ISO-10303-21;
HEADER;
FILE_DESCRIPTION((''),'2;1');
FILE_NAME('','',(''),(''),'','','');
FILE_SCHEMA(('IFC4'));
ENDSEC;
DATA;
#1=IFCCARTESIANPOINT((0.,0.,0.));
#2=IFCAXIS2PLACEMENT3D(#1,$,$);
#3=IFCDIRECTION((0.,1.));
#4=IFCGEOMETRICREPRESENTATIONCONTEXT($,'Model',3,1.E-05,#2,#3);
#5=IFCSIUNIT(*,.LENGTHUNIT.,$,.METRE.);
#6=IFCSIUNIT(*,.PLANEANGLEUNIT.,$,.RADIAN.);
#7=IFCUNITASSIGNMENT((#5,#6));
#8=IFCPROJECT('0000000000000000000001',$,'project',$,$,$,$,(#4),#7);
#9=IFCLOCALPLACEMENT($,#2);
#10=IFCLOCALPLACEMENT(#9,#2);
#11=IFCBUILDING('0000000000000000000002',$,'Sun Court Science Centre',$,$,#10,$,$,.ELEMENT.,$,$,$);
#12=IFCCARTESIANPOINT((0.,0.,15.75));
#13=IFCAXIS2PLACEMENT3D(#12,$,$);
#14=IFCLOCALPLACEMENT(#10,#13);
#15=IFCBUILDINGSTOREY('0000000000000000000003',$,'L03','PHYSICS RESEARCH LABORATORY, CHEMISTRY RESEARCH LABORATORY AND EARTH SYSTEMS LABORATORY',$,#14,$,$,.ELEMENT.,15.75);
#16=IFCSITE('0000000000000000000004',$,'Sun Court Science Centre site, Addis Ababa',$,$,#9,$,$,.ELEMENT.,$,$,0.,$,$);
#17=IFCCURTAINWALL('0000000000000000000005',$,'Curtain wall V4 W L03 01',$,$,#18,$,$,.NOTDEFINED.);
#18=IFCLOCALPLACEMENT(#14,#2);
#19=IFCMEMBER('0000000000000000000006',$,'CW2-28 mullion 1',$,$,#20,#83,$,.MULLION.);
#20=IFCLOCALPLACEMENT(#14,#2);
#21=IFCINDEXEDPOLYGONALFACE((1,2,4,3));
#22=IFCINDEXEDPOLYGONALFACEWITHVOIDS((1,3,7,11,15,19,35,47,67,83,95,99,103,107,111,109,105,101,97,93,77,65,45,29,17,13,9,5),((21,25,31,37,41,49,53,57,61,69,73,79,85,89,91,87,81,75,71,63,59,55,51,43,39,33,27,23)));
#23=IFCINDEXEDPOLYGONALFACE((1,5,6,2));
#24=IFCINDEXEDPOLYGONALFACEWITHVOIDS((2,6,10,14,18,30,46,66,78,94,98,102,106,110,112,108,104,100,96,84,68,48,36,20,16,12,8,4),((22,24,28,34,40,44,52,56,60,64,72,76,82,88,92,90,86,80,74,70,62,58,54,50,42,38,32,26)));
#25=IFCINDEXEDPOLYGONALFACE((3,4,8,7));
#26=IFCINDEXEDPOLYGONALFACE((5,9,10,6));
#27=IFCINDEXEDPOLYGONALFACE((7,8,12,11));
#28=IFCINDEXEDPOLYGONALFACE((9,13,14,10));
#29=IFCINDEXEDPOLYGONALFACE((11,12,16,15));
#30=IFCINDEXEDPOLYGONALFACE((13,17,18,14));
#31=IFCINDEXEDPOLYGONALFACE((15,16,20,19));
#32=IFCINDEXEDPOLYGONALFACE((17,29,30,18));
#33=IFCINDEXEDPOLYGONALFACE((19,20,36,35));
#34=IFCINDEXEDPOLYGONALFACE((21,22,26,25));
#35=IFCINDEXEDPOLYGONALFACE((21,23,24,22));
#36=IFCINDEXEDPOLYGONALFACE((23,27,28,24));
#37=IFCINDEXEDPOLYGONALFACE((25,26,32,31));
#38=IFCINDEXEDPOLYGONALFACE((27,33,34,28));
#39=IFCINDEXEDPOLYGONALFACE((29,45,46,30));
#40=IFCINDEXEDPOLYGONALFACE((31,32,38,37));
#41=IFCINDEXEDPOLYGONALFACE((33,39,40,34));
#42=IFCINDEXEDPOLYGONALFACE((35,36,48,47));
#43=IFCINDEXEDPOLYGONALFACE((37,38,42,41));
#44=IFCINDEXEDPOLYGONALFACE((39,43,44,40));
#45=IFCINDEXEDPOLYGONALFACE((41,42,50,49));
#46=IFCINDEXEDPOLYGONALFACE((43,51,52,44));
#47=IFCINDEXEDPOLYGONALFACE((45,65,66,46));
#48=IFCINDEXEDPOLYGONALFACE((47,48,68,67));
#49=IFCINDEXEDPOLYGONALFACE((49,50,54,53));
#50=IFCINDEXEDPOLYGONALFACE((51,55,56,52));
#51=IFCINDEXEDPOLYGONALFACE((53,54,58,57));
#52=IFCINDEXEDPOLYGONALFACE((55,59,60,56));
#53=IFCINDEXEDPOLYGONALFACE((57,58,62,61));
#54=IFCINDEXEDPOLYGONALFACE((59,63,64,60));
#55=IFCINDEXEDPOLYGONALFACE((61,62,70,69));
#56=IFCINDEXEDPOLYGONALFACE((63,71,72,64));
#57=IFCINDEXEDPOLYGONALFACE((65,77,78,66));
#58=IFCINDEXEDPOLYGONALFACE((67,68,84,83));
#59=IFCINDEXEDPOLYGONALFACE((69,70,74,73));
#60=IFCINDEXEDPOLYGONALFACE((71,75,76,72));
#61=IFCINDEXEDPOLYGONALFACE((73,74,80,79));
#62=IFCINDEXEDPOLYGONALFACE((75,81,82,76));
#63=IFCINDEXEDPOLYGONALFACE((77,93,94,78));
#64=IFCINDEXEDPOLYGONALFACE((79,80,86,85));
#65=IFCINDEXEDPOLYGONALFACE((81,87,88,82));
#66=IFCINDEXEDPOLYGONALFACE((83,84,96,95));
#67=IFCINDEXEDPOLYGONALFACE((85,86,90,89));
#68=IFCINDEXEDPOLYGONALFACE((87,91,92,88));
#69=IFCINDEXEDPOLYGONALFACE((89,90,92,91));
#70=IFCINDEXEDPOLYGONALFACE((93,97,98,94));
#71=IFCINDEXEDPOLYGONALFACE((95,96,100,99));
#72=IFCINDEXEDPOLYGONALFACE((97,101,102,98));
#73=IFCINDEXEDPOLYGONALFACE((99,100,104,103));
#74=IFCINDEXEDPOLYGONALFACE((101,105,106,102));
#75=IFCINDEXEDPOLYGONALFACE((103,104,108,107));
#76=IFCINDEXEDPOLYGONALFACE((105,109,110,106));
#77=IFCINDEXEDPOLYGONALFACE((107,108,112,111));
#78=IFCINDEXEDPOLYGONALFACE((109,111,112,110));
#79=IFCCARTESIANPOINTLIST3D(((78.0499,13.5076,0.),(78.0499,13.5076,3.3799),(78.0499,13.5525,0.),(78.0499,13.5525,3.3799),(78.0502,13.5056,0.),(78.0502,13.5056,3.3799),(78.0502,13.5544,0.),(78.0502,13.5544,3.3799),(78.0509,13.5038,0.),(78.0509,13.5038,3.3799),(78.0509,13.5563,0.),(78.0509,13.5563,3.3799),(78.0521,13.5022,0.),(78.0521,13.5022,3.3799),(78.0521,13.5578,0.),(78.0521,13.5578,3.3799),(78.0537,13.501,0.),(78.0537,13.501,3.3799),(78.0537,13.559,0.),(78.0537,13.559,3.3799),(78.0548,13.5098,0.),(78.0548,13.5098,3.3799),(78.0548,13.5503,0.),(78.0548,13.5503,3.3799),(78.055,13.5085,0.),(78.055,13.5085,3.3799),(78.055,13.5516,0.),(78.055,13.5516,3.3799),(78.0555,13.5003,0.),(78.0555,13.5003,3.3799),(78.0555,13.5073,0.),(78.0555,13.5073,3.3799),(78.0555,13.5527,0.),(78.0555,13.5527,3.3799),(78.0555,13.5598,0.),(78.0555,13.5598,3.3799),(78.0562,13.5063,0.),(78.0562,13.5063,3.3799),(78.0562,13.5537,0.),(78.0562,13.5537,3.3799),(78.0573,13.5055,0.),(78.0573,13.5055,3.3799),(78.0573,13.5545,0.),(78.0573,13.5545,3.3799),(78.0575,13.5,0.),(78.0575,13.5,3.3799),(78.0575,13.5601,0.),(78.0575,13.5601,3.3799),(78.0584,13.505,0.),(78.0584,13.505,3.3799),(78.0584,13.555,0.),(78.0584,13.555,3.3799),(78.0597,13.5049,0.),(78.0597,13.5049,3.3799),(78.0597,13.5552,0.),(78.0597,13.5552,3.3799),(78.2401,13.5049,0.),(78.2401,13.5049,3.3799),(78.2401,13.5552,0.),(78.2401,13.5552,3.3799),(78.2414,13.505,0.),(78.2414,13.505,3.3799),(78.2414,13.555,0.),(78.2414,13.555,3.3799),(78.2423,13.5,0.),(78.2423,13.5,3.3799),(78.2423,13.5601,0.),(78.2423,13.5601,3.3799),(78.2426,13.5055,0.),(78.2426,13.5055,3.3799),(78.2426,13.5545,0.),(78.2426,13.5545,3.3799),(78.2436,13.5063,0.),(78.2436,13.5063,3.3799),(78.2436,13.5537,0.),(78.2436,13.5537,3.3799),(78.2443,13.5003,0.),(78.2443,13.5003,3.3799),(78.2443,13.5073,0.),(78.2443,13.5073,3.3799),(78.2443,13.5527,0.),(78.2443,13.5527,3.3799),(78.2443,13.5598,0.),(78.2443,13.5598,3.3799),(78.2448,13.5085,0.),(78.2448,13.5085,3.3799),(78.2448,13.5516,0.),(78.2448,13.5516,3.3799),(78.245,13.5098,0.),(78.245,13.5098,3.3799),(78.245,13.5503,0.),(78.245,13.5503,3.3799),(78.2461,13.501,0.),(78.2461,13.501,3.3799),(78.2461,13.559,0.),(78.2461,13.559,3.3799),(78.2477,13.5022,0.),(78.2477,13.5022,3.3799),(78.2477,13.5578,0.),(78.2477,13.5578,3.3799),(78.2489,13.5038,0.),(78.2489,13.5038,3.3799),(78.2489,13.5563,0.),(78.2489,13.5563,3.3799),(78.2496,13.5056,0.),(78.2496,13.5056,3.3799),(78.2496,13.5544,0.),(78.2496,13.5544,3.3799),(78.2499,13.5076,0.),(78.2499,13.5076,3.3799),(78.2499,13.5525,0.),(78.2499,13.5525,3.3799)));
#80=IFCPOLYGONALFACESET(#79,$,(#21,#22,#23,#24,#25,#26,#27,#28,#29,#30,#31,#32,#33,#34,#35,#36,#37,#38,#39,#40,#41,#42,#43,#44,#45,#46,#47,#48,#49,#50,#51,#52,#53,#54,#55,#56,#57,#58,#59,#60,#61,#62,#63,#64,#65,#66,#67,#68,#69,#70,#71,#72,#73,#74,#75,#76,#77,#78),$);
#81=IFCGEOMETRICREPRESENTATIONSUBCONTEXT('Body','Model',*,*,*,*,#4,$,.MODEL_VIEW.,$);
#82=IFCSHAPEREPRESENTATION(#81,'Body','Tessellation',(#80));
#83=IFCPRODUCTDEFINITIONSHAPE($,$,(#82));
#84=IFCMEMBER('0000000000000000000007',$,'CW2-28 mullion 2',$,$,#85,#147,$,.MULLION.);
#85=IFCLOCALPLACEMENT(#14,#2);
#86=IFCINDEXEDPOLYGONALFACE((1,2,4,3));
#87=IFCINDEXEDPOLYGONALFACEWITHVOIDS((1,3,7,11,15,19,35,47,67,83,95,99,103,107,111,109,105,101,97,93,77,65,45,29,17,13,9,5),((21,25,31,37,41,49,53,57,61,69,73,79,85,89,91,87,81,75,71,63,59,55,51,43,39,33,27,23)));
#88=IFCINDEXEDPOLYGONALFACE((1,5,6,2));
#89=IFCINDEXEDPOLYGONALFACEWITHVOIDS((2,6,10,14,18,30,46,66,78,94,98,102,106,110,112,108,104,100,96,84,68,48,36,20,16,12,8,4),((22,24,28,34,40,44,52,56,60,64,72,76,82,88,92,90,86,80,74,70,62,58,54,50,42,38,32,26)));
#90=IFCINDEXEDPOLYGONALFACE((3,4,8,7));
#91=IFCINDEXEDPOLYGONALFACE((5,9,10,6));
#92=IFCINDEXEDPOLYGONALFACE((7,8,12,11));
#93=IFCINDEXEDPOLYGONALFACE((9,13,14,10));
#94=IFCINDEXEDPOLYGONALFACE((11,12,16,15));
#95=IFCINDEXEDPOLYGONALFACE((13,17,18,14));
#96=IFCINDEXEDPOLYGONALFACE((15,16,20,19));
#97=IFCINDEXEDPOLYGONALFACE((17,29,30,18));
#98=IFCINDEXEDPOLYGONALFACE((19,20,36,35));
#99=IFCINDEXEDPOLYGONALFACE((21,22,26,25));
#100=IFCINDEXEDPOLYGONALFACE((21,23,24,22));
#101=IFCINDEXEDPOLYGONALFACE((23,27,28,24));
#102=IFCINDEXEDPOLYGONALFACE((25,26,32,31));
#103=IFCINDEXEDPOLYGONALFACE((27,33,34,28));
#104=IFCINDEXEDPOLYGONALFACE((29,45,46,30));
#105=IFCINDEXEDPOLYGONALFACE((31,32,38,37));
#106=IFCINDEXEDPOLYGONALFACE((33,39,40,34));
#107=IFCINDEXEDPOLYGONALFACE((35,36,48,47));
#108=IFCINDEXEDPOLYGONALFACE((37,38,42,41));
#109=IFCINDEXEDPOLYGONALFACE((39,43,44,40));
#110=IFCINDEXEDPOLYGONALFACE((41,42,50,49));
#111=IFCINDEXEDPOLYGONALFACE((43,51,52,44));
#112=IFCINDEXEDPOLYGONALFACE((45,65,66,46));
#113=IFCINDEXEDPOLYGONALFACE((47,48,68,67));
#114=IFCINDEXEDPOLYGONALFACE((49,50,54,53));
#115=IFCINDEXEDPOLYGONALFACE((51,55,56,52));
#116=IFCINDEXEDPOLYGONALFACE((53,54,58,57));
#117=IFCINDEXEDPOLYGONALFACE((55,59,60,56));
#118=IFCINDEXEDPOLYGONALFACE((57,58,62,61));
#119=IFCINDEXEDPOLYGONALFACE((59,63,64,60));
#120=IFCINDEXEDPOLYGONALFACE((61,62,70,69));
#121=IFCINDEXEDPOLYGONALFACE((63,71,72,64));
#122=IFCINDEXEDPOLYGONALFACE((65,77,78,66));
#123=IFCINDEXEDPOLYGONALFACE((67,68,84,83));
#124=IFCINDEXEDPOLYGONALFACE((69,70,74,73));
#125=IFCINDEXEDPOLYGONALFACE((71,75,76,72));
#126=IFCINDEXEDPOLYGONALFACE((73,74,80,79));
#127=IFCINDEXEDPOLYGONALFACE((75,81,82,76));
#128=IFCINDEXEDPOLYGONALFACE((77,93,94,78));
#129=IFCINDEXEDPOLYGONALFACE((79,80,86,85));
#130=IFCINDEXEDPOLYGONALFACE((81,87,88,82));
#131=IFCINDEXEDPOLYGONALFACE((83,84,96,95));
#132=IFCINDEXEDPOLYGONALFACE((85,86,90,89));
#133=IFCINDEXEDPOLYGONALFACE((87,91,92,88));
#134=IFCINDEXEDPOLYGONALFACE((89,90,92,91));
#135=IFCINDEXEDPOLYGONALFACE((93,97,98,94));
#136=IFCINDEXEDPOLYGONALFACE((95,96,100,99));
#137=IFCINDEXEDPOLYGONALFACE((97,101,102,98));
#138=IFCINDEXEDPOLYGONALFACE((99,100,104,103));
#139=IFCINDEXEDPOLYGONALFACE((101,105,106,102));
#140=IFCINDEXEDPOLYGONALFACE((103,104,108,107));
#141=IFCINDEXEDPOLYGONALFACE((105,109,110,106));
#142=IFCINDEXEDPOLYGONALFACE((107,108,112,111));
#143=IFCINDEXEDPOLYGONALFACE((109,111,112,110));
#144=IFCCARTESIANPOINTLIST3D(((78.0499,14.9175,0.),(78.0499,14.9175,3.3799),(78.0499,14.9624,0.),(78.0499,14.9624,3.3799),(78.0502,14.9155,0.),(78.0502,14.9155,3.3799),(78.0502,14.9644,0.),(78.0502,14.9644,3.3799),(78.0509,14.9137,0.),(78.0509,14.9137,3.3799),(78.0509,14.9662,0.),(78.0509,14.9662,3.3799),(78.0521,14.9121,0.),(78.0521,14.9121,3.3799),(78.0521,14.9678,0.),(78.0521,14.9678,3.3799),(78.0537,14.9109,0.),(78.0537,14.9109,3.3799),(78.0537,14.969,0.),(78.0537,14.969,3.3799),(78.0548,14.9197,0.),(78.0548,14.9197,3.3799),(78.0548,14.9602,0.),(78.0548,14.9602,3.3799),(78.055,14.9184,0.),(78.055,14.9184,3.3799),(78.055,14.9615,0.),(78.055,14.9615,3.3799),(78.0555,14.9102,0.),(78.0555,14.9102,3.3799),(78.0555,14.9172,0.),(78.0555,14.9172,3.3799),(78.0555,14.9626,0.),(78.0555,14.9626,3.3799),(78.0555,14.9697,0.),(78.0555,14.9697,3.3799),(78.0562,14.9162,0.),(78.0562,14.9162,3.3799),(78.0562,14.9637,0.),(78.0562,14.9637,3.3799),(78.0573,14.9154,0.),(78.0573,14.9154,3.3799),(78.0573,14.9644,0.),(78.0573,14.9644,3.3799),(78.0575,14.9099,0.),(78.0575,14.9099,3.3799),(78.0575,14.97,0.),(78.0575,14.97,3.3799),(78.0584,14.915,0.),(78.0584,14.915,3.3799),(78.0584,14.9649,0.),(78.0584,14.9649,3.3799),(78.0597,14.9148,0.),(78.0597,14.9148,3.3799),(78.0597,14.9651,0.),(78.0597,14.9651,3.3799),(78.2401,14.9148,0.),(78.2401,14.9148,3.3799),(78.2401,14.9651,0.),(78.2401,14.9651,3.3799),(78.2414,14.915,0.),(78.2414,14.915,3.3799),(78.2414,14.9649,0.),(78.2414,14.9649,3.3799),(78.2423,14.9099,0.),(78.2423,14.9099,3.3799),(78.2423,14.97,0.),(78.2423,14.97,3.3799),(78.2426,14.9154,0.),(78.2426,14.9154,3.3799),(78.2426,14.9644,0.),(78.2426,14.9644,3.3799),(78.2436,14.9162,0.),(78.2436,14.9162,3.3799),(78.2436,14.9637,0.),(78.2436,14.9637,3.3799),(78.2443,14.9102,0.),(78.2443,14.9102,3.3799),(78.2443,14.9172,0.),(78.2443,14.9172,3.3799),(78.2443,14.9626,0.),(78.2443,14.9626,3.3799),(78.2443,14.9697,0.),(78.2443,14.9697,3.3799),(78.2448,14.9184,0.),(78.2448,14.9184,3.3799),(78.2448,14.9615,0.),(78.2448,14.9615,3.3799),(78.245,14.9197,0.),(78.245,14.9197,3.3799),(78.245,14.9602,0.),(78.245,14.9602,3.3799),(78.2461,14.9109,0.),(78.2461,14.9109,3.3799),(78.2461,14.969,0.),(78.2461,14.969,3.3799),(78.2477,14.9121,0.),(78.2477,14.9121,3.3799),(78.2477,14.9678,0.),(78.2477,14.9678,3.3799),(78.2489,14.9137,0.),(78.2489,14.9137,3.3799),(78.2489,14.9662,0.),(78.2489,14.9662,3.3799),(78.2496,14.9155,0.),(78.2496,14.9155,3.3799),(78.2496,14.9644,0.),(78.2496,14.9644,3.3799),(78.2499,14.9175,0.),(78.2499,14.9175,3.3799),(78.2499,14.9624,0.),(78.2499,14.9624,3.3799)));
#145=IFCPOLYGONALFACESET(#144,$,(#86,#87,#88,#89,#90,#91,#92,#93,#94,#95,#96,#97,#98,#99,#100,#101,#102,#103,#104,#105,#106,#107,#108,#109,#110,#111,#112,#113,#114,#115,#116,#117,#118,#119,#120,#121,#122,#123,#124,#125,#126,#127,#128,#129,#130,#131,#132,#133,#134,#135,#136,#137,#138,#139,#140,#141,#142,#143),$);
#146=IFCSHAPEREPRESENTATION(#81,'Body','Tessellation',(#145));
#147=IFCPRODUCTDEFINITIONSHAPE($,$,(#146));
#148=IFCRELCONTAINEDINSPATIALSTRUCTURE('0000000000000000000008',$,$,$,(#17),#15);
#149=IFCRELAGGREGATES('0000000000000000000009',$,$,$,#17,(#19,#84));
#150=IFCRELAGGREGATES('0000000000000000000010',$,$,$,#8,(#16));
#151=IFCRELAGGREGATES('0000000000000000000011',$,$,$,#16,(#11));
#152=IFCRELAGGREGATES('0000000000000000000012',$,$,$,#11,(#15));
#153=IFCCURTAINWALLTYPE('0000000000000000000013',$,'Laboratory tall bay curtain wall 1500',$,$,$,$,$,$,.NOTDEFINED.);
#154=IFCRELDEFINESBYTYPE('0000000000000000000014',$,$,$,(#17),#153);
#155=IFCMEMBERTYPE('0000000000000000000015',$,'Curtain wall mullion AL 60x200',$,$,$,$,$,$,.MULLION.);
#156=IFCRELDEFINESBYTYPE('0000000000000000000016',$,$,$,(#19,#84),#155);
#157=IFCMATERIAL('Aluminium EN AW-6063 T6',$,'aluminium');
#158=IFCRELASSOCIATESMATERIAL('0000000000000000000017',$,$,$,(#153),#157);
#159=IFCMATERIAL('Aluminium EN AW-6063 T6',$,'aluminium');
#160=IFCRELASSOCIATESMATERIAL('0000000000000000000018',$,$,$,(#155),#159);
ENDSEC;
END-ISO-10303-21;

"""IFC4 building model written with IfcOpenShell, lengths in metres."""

from ifc_helpers import new_model, si_unit, direction, frame, origin, origin_2d, place, context, subcontext, project, spatial, hollow_rectangle, extrude, material, material_profile, profile_set, type_object, element, aggregate, save


model = new_model("IFC4")

# Units and contexts
model_context = context("Model", 3, precision=1e-05, world=origin(), true_north=direction((0.0, 1.0)))
body_context = subcontext(model_context, "Body", "Model", "MODEL_VIEW")
ifc_project = project(units=[si_unit("LENGTHUNIT", "METRE"), si_unit("PLANEANGLEUNIT", "RADIAN")], contexts=[model_context])

# Site, building, storey
site_placement = place(None, origin())
site = spatial("IfcSite", under=ifc_project, at=site_placement, Name="Sun Court Science Centre site, Addis Ababa", CompositionType="ELEMENT", RefElevation=0.0)
building_placement = place(site_placement, origin())
building = spatial("IfcBuilding", under=site, at=building_placement, Name="Sun Court Science Centre", CompositionType="ELEMENT")
storey_placement = place(building_placement, frame((0.0, 0.0, 15.75)))
storey = spatial("IfcBuildingStorey", under=building, at=storey_placement, Name="L03", Description="PHYSICS RESEARCH LABORATORY, CHEMISTRY RESEARCH LABORATORY AND EARTH SYSTEMS LABORATORY", CompositionType="ELEMENT", Elevation=15.75)

# Curtain wall, members
ifc_material_1 = material(Name="Aluminium EN AW-6063 T6", Category="aluminium")
curtain_wall_type = type_object("IfcCurtainWallType", Name="Laboratory tall bay curtain wall 1500", PredefinedType="NOTDEFINED", material=ifc_material_1)
curtain_wall_placement = place(storey_placement, origin())
curtain_wall = element("IfcCurtainWall", 1, at=curtain_wall_placement, inside=storey, type_object=curtain_wall_type, Name="Curtain wall V4 W L03 01", PredefinedType="NOTDEFINED")
ifc_material_2 = material(Name="Aluminium EN AW-6063 T6", Category="aluminium")
ifc_material_profile_1 = material_profile(ifc_material_2, hollow_rectangle(XDim=0.0601, YDim=0.2, WallThickness=0.0049, InnerFilletRadius=0.0049, OuterFilletRadius=0.0076, at=origin_2d()), Name="AL 60x200x5")
ifc_profile_set_1 = profile_set([ifc_material_profile_1], Name="Aluminium EN AW-6063 T6")
member_type_1 = type_object("IfcMemberType", Name="Curtain wall mullion AL 60x200", PredefinedType="MULLION", material=ifc_profile_set_1)
member_1_placement = place(storey_placement, frame((78.1499, 13.53, 0.0), z_axis=(0.0, 0.0, 1.0), x_axis=(0.0, 1.0, 0.0)))
member_1 = element("IfcMember", 2, at=member_1_placement, type_object=member_type_1, Name="CW2-28 mullion 1", PredefinedType="MULLION", context=body_context, shape_type="SweptSolid", body=[
    extrude(hollow_rectangle(XDim=0.0601, YDim=0.2, WallThickness=0.0049, InnerFilletRadius=0.0049, OuterFilletRadius=0.0076, at=origin_2d()), origin(), (0.0, 0.0, 1.0), 3.3799),
])
member_2_placement = place(storey_placement, frame((78.1499, 14.9399, 0.0), z_axis=(0.0, 0.0, 1.0), x_axis=(0.0, 1.0, 0.0)))
member_2 = element("IfcMember", 3, at=member_2_placement, type_object=member_type_1, Name="CW2-28 mullion 2", PredefinedType="MULLION", context=body_context, shape_type="SweptSolid", body=[
    extrude(hollow_rectangle(XDim=0.0601, YDim=0.2, WallThickness=0.0049, InnerFilletRadius=0.0049, OuterFilletRadius=0.0076, at=origin_2d()), origin(), (0.0, 0.0, 1.0), 3.3799),
])

aggregate(curtain_wall, [member_1, member_2])

save(model, "model.ifc")
